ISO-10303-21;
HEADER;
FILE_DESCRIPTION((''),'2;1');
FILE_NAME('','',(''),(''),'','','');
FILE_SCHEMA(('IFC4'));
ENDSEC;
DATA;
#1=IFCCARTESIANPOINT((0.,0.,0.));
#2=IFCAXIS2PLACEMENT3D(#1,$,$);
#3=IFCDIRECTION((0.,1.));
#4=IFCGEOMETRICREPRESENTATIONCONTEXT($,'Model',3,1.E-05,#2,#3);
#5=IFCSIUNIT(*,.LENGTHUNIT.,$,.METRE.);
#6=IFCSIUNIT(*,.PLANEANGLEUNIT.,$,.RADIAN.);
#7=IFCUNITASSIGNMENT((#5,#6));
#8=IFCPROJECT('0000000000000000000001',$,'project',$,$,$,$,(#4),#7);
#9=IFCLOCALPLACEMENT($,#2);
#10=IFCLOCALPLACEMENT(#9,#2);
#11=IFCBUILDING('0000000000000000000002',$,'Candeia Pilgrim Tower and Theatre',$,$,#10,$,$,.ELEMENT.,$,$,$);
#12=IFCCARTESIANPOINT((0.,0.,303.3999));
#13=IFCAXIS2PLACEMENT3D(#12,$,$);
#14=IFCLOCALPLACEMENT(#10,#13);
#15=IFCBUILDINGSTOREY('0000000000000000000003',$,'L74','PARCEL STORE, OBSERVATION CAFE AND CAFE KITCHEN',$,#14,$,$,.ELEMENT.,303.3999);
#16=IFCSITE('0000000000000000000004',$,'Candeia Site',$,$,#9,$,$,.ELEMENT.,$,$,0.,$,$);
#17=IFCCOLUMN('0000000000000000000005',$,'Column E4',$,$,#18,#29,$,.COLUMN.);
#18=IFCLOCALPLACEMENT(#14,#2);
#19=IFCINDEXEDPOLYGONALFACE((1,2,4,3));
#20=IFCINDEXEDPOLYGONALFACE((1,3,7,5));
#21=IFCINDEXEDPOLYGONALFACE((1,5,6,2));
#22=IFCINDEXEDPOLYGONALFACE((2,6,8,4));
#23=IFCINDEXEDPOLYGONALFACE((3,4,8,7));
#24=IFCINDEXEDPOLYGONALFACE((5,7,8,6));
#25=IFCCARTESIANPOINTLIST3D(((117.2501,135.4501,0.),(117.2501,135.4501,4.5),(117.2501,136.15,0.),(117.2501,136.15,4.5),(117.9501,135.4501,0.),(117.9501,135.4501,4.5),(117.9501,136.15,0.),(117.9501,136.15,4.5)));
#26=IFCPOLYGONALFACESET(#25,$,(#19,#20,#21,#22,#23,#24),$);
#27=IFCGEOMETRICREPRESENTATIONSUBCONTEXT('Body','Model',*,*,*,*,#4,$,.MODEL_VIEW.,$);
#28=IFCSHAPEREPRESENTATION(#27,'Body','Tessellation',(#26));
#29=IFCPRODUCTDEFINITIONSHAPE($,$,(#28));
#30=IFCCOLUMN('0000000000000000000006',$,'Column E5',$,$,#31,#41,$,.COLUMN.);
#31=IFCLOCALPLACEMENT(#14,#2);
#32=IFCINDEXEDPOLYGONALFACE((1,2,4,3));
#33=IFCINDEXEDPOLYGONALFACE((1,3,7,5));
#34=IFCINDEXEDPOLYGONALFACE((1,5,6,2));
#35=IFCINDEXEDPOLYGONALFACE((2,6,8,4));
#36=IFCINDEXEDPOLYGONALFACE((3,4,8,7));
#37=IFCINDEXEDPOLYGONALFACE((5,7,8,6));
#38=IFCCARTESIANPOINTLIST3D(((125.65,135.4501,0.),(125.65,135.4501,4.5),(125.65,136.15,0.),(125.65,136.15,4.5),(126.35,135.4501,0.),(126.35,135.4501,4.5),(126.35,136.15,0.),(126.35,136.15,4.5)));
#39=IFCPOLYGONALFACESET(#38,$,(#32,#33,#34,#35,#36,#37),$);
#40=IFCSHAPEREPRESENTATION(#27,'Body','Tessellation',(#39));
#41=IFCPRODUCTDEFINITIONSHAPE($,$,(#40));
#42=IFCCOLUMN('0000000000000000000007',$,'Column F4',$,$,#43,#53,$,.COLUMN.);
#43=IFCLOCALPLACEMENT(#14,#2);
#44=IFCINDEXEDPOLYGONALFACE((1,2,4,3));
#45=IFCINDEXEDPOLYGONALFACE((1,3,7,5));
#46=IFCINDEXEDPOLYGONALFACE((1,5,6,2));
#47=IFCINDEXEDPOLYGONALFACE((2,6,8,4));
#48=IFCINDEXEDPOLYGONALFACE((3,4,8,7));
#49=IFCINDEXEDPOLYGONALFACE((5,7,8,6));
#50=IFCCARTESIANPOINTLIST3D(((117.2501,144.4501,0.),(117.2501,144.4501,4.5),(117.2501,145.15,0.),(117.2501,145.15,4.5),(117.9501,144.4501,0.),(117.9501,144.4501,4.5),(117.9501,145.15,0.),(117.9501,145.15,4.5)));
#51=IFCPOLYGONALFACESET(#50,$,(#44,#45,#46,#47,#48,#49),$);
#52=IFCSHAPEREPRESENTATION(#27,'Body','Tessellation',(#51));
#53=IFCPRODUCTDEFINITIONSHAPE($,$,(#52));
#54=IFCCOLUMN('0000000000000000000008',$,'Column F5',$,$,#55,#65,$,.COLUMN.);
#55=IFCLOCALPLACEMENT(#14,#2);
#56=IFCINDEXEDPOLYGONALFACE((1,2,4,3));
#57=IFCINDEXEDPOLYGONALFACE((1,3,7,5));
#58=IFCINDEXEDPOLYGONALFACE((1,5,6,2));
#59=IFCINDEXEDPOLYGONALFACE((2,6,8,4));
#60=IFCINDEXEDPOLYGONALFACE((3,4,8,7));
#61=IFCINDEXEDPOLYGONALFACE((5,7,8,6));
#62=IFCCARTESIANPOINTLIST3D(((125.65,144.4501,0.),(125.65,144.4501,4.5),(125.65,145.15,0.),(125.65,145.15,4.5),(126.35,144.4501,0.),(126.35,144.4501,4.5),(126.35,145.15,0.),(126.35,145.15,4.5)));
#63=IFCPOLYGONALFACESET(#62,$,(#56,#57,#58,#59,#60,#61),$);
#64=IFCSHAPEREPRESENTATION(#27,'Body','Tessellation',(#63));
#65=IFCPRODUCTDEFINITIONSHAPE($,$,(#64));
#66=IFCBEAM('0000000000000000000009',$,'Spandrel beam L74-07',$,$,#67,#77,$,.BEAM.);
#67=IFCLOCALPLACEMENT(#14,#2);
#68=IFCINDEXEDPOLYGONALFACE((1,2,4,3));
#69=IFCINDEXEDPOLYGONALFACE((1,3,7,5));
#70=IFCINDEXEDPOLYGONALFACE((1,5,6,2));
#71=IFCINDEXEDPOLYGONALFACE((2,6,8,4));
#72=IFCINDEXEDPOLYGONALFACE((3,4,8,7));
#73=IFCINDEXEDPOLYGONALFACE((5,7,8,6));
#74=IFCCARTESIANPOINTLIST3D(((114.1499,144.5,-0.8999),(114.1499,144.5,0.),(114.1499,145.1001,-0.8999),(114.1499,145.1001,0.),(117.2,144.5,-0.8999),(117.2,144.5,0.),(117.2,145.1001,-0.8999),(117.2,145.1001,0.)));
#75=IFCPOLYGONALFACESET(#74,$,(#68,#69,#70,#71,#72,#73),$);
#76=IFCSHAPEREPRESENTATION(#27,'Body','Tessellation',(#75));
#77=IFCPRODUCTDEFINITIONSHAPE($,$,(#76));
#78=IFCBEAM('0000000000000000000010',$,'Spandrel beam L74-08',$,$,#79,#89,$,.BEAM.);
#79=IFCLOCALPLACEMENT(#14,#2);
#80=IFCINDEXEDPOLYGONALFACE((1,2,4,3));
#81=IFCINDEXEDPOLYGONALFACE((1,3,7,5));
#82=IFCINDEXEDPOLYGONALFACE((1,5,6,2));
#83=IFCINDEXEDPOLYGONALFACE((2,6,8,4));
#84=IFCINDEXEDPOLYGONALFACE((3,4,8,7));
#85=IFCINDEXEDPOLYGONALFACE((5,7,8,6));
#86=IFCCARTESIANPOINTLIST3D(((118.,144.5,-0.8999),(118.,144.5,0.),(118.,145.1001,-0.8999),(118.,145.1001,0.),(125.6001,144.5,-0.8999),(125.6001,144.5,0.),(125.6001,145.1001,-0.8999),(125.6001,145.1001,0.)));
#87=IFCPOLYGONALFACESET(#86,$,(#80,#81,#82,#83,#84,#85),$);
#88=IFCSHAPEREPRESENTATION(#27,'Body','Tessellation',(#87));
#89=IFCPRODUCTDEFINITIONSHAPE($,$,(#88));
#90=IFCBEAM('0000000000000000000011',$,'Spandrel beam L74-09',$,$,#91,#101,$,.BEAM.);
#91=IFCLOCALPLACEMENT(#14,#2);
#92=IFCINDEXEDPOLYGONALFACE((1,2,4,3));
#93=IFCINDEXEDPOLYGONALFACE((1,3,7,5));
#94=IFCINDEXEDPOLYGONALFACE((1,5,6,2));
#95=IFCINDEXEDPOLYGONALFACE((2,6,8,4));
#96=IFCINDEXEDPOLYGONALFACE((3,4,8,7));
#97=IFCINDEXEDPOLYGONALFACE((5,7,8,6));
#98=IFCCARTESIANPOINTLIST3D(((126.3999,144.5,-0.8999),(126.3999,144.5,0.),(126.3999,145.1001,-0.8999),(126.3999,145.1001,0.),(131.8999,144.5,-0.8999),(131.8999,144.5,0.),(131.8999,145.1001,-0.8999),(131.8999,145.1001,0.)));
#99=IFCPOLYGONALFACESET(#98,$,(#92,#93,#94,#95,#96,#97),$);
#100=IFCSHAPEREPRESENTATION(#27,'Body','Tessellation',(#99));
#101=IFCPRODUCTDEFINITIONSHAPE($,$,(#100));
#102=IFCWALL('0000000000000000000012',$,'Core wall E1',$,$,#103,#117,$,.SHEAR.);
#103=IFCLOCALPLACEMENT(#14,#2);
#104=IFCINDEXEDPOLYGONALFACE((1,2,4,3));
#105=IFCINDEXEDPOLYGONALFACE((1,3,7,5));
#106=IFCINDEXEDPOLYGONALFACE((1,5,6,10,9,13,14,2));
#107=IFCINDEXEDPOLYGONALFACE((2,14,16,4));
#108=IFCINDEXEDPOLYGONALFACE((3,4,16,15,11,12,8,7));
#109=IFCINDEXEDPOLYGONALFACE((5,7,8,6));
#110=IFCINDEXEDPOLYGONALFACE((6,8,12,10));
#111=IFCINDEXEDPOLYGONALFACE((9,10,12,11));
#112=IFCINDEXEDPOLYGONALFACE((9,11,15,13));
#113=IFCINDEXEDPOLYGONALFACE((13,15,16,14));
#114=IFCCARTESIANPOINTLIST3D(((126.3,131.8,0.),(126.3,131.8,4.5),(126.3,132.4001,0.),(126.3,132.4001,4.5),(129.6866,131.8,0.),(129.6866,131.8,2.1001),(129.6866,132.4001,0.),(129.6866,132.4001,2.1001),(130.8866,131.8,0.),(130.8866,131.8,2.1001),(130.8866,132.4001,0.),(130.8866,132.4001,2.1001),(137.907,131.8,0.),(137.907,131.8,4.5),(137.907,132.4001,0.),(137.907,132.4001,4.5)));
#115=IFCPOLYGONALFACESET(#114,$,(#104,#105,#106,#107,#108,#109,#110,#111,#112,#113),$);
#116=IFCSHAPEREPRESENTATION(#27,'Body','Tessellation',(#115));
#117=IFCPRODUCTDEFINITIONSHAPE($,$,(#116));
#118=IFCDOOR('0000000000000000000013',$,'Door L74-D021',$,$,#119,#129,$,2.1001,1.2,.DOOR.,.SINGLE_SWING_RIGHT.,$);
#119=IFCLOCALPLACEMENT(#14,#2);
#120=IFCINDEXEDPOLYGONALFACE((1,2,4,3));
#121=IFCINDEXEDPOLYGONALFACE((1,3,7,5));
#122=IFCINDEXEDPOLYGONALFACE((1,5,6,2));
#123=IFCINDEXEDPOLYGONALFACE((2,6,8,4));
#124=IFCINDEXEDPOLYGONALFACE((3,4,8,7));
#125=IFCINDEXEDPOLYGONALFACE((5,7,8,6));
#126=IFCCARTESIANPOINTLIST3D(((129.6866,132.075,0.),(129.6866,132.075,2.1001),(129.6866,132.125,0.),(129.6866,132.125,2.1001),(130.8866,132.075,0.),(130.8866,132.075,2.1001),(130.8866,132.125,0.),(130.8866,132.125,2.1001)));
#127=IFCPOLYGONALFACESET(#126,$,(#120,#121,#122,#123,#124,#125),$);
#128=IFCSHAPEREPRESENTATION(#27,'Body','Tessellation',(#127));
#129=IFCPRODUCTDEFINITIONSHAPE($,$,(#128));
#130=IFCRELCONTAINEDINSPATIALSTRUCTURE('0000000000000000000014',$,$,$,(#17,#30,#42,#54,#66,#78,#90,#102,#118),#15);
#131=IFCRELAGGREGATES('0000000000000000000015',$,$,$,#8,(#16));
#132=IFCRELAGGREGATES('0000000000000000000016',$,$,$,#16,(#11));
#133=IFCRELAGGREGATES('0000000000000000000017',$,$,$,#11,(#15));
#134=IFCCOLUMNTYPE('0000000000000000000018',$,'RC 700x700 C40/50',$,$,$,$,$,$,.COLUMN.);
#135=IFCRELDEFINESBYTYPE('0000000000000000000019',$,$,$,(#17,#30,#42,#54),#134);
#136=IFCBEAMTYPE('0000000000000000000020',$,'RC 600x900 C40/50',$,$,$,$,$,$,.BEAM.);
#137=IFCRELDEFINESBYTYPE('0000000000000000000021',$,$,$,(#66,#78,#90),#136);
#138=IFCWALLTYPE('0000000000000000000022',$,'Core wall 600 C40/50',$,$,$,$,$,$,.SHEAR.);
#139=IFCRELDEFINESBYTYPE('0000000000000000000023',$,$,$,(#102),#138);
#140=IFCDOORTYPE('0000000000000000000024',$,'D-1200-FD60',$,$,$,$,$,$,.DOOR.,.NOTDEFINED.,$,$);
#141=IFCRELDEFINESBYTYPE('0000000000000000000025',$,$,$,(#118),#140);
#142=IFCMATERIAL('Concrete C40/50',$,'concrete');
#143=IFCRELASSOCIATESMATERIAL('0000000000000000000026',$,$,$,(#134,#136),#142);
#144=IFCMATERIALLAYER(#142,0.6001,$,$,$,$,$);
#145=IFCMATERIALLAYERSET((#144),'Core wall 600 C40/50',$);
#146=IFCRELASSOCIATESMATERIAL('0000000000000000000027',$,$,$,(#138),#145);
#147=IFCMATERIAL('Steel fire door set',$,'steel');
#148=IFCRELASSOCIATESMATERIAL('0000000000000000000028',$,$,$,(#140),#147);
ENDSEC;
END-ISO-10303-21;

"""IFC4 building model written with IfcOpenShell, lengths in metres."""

from ifc_helpers import new_model, si_unit, direction, frame, frame_2d, origin, origin_2d, place, context, subcontext, project, spatial, rectangle, extrude, material, layer, layer_set, material_profile, profile_set, type_object, element, fill, save


model = new_model("IFC4")

# Units and contexts
model_context = context("Model", 3, precision=1e-05, world=origin(), true_north=direction((0.0, 1.0)))
body_context = subcontext(model_context, "Body", "Model", "MODEL_VIEW")
ifc_project = project(units=[si_unit("LENGTHUNIT", "METRE"), si_unit("PLANEANGLEUNIT", "RADIAN")], contexts=[model_context])

# Site, building, storey
site_placement = place(None, origin())
site = spatial("IfcSite", under=ifc_project, at=site_placement, Name="Candeia Site", CompositionType="ELEMENT", RefElevation=0.0)
building_placement = place(site_placement, origin())
building = spatial("IfcBuilding", under=site, at=building_placement, Name="Candeia Pilgrim Tower and Theatre", CompositionType="ELEMENT")
storey_placement = place(building_placement, frame((0.0, 0.0, 303.3999)))
storey = spatial("IfcBuildingStorey", under=building, at=storey_placement, Name="L74", Description="PARCEL STORE, OBSERVATION CAFE AND CAFE KITCHEN", CompositionType="ELEMENT", Elevation=303.3999)

# Columns
ifc_material_1 = material(Name="Concrete C40/50", Category="concrete")
ifc_material_profile_1 = material_profile(ifc_material_1, rectangle(XDim=0.7, YDim=0.7, at=origin_2d()))
ifc_profile_set_1 = profile_set([ifc_material_profile_1], Name="Concrete C40/50")
column_type = type_object("IfcColumnType", Name="RC 700x700 C40/50", PredefinedType="COLUMN", material=ifc_profile_set_1)
for number, where, z_axis, x_axis, name in (
    (1, (117.6001, 135.8, 0.0), (0.0, 0.0, 1.0), (1.0, 0.0, 0.0), "Column E4"),
    (2, (126.0, 135.8, 0.0), (0.0, 0.0, 1.0), (1.0, 0.0, 0.0), "Column E5"),
    (3, (117.6001, 144.8, 0.0), (0.0, 0.0, 1.0), (1.0, 0.0, 0.0), "Column F4"),
    (4, (126.0, 144.8, 0.0), (0.0, 0.0, 1.0), (1.0, 0.0, 0.0), "Column F5"),
):
    element("IfcColumn", number, at=place(storey_placement, frame(where, z_axis=z_axis, x_axis=x_axis)), inside=storey, type_object=column_type, Name=name, PredefinedType="COLUMN", context=body_context, shape_type="SweptSolid", body=[
        extrude(rectangle(XDim=0.7, YDim=0.7, at=origin_2d()), origin(), (0.0, 0.0, 1.0), 4.5),
    ])

# Beams
ifc_material_profile_2 = material_profile(ifc_material_1, rectangle(XDim=0.6001, YDim=0.8999, at=origin_2d()))
ifc_profile_set_2 = profile_set([ifc_material_profile_2], Name="Concrete C40/50")
beam_type = type_object("IfcBeamType", Name="RC 600x900 C40/50", PredefinedType="BEAM", material=ifc_profile_set_2)
beam_1_placement = place(storey_placement, frame((114.1499, 144.8, -0.45), z_axis=(1.0, 0.0, 0.0), x_axis=(0.0, 1.0, 0.0)))
element("IfcBeam", 5, at=beam_1_placement, inside=storey, type_object=beam_type, Name="Spandrel beam L74-07", PredefinedType="BEAM", context=body_context, shape_type="SweptSolid", body=[
    extrude(rectangle(XDim=0.6001, YDim=0.8999, at=origin_2d()), origin(), (0.0, 0.0, 1.0), 3.05),
])
beam_2_placement = place(storey_placement, frame((118.0, 144.8, -0.45), z_axis=(1.0, 0.0, 0.0), x_axis=(0.0, 1.0, 0.0)))
element("IfcBeam", 6, at=beam_2_placement, inside=storey, type_object=beam_type, Name="Spandrel beam L74-08", PredefinedType="BEAM", context=body_context, shape_type="SweptSolid", body=[
    extrude(rectangle(XDim=0.6001, YDim=0.8999, at=origin_2d()), origin(), (0.0, 0.0, 1.0), 7.6001),
])
beam_3_placement = place(storey_placement, frame((126.3999, 144.8, -0.45), z_axis=(1.0, 0.0, 0.0), x_axis=(0.0, 1.0, 0.0)))
element("IfcBeam", 7, at=beam_3_placement, inside=storey, type_object=beam_type, Name="Spandrel beam L74-09", PredefinedType="BEAM", context=body_context, shape_type="SweptSolid", body=[
    extrude(rectangle(XDim=0.6001, YDim=0.8999, at=origin_2d()), origin(), (0.0, 0.0, 1.0), 5.5),
])

# Wall, opening, door
ifc_layer_1 = layer(ifc_material_1, 0.6001)
ifc_layer_set_1 = layer_set([ifc_layer_1], Name="Core wall 600 C40/50")
wall_type_1 = type_object("IfcWallType", Name="Core wall 600 C40/50", PredefinedType="SHEAR", material=ifc_layer_set_1)
wall_1_placement = place(storey_placement, frame((126.3, 132.1001, 0.0), z_axis=(0.0, 0.0, 1.0), x_axis=(1.0, 0.0, 0.0)))
wall_1 = element("IfcWall", 8, at=wall_1_placement, inside=storey, type_object=wall_type_1, Name="Core wall E1", PredefinedType="SHEAR", context=body_context, shape_type="SweptSolid", body=[
    extrude(rectangle(XDim=11.6069, YDim=0.6001, at=frame_2d((5.8035, 0.0))), origin(), (0.0, 0.0, 1.0), 4.5),
])
opening_1_placement = place(wall_1_placement, frame((3.3865, 0.0, 0.0)))
opening_1 = element("IfcOpeningElement", 9, at=opening_1_placement, cuts=wall_1, PredefinedType="OPENING", context=body_context, shape_type="SweptSolid", body=[
    extrude(rectangle(XDim=1.2, YDim=2.1001, at=frame_2d((0.6001, 1.05))), frame((0.0, 0.3101, 0.0), z_axis=(0.0, -1.0, 0.0), x_axis=(1.0, 0.0, 0.0)), (0.0, 0.0, 1.0), 0.6201),
])
ifc_material_2 = material(Name="Steel fire door set", Category="steel")
door_type_1 = type_object("IfcDoorType", Name="D-1200-FD60", OperationType="NOTDEFINED", PredefinedType="DOOR", material=ifc_material_2)
door_1_placement = place(opening_1_placement, origin())
door_1 = element("IfcDoor", 10, at=door_1_placement, inside=storey, type_object=door_type_1, Name="Door L74-D021", OperationType="SINGLE_SWING_RIGHT", OverallHeight=2.1001, OverallWidth=1.2, PredefinedType="DOOR", context=body_context, shape_type="SweptSolid", body=[
    extrude(rectangle(XDim=1.2, YDim=2.1001, at=frame_2d((0.6001, 1.05))), frame((0.0, 0.0249, 0.0), z_axis=(0.0, -1.0, 0.0), x_axis=(1.0, 0.0, 0.0)), (0.0, 0.0, 1.0), 0.05),
])
fill(opening_1, door_1)

save(model, "model.ifc")
